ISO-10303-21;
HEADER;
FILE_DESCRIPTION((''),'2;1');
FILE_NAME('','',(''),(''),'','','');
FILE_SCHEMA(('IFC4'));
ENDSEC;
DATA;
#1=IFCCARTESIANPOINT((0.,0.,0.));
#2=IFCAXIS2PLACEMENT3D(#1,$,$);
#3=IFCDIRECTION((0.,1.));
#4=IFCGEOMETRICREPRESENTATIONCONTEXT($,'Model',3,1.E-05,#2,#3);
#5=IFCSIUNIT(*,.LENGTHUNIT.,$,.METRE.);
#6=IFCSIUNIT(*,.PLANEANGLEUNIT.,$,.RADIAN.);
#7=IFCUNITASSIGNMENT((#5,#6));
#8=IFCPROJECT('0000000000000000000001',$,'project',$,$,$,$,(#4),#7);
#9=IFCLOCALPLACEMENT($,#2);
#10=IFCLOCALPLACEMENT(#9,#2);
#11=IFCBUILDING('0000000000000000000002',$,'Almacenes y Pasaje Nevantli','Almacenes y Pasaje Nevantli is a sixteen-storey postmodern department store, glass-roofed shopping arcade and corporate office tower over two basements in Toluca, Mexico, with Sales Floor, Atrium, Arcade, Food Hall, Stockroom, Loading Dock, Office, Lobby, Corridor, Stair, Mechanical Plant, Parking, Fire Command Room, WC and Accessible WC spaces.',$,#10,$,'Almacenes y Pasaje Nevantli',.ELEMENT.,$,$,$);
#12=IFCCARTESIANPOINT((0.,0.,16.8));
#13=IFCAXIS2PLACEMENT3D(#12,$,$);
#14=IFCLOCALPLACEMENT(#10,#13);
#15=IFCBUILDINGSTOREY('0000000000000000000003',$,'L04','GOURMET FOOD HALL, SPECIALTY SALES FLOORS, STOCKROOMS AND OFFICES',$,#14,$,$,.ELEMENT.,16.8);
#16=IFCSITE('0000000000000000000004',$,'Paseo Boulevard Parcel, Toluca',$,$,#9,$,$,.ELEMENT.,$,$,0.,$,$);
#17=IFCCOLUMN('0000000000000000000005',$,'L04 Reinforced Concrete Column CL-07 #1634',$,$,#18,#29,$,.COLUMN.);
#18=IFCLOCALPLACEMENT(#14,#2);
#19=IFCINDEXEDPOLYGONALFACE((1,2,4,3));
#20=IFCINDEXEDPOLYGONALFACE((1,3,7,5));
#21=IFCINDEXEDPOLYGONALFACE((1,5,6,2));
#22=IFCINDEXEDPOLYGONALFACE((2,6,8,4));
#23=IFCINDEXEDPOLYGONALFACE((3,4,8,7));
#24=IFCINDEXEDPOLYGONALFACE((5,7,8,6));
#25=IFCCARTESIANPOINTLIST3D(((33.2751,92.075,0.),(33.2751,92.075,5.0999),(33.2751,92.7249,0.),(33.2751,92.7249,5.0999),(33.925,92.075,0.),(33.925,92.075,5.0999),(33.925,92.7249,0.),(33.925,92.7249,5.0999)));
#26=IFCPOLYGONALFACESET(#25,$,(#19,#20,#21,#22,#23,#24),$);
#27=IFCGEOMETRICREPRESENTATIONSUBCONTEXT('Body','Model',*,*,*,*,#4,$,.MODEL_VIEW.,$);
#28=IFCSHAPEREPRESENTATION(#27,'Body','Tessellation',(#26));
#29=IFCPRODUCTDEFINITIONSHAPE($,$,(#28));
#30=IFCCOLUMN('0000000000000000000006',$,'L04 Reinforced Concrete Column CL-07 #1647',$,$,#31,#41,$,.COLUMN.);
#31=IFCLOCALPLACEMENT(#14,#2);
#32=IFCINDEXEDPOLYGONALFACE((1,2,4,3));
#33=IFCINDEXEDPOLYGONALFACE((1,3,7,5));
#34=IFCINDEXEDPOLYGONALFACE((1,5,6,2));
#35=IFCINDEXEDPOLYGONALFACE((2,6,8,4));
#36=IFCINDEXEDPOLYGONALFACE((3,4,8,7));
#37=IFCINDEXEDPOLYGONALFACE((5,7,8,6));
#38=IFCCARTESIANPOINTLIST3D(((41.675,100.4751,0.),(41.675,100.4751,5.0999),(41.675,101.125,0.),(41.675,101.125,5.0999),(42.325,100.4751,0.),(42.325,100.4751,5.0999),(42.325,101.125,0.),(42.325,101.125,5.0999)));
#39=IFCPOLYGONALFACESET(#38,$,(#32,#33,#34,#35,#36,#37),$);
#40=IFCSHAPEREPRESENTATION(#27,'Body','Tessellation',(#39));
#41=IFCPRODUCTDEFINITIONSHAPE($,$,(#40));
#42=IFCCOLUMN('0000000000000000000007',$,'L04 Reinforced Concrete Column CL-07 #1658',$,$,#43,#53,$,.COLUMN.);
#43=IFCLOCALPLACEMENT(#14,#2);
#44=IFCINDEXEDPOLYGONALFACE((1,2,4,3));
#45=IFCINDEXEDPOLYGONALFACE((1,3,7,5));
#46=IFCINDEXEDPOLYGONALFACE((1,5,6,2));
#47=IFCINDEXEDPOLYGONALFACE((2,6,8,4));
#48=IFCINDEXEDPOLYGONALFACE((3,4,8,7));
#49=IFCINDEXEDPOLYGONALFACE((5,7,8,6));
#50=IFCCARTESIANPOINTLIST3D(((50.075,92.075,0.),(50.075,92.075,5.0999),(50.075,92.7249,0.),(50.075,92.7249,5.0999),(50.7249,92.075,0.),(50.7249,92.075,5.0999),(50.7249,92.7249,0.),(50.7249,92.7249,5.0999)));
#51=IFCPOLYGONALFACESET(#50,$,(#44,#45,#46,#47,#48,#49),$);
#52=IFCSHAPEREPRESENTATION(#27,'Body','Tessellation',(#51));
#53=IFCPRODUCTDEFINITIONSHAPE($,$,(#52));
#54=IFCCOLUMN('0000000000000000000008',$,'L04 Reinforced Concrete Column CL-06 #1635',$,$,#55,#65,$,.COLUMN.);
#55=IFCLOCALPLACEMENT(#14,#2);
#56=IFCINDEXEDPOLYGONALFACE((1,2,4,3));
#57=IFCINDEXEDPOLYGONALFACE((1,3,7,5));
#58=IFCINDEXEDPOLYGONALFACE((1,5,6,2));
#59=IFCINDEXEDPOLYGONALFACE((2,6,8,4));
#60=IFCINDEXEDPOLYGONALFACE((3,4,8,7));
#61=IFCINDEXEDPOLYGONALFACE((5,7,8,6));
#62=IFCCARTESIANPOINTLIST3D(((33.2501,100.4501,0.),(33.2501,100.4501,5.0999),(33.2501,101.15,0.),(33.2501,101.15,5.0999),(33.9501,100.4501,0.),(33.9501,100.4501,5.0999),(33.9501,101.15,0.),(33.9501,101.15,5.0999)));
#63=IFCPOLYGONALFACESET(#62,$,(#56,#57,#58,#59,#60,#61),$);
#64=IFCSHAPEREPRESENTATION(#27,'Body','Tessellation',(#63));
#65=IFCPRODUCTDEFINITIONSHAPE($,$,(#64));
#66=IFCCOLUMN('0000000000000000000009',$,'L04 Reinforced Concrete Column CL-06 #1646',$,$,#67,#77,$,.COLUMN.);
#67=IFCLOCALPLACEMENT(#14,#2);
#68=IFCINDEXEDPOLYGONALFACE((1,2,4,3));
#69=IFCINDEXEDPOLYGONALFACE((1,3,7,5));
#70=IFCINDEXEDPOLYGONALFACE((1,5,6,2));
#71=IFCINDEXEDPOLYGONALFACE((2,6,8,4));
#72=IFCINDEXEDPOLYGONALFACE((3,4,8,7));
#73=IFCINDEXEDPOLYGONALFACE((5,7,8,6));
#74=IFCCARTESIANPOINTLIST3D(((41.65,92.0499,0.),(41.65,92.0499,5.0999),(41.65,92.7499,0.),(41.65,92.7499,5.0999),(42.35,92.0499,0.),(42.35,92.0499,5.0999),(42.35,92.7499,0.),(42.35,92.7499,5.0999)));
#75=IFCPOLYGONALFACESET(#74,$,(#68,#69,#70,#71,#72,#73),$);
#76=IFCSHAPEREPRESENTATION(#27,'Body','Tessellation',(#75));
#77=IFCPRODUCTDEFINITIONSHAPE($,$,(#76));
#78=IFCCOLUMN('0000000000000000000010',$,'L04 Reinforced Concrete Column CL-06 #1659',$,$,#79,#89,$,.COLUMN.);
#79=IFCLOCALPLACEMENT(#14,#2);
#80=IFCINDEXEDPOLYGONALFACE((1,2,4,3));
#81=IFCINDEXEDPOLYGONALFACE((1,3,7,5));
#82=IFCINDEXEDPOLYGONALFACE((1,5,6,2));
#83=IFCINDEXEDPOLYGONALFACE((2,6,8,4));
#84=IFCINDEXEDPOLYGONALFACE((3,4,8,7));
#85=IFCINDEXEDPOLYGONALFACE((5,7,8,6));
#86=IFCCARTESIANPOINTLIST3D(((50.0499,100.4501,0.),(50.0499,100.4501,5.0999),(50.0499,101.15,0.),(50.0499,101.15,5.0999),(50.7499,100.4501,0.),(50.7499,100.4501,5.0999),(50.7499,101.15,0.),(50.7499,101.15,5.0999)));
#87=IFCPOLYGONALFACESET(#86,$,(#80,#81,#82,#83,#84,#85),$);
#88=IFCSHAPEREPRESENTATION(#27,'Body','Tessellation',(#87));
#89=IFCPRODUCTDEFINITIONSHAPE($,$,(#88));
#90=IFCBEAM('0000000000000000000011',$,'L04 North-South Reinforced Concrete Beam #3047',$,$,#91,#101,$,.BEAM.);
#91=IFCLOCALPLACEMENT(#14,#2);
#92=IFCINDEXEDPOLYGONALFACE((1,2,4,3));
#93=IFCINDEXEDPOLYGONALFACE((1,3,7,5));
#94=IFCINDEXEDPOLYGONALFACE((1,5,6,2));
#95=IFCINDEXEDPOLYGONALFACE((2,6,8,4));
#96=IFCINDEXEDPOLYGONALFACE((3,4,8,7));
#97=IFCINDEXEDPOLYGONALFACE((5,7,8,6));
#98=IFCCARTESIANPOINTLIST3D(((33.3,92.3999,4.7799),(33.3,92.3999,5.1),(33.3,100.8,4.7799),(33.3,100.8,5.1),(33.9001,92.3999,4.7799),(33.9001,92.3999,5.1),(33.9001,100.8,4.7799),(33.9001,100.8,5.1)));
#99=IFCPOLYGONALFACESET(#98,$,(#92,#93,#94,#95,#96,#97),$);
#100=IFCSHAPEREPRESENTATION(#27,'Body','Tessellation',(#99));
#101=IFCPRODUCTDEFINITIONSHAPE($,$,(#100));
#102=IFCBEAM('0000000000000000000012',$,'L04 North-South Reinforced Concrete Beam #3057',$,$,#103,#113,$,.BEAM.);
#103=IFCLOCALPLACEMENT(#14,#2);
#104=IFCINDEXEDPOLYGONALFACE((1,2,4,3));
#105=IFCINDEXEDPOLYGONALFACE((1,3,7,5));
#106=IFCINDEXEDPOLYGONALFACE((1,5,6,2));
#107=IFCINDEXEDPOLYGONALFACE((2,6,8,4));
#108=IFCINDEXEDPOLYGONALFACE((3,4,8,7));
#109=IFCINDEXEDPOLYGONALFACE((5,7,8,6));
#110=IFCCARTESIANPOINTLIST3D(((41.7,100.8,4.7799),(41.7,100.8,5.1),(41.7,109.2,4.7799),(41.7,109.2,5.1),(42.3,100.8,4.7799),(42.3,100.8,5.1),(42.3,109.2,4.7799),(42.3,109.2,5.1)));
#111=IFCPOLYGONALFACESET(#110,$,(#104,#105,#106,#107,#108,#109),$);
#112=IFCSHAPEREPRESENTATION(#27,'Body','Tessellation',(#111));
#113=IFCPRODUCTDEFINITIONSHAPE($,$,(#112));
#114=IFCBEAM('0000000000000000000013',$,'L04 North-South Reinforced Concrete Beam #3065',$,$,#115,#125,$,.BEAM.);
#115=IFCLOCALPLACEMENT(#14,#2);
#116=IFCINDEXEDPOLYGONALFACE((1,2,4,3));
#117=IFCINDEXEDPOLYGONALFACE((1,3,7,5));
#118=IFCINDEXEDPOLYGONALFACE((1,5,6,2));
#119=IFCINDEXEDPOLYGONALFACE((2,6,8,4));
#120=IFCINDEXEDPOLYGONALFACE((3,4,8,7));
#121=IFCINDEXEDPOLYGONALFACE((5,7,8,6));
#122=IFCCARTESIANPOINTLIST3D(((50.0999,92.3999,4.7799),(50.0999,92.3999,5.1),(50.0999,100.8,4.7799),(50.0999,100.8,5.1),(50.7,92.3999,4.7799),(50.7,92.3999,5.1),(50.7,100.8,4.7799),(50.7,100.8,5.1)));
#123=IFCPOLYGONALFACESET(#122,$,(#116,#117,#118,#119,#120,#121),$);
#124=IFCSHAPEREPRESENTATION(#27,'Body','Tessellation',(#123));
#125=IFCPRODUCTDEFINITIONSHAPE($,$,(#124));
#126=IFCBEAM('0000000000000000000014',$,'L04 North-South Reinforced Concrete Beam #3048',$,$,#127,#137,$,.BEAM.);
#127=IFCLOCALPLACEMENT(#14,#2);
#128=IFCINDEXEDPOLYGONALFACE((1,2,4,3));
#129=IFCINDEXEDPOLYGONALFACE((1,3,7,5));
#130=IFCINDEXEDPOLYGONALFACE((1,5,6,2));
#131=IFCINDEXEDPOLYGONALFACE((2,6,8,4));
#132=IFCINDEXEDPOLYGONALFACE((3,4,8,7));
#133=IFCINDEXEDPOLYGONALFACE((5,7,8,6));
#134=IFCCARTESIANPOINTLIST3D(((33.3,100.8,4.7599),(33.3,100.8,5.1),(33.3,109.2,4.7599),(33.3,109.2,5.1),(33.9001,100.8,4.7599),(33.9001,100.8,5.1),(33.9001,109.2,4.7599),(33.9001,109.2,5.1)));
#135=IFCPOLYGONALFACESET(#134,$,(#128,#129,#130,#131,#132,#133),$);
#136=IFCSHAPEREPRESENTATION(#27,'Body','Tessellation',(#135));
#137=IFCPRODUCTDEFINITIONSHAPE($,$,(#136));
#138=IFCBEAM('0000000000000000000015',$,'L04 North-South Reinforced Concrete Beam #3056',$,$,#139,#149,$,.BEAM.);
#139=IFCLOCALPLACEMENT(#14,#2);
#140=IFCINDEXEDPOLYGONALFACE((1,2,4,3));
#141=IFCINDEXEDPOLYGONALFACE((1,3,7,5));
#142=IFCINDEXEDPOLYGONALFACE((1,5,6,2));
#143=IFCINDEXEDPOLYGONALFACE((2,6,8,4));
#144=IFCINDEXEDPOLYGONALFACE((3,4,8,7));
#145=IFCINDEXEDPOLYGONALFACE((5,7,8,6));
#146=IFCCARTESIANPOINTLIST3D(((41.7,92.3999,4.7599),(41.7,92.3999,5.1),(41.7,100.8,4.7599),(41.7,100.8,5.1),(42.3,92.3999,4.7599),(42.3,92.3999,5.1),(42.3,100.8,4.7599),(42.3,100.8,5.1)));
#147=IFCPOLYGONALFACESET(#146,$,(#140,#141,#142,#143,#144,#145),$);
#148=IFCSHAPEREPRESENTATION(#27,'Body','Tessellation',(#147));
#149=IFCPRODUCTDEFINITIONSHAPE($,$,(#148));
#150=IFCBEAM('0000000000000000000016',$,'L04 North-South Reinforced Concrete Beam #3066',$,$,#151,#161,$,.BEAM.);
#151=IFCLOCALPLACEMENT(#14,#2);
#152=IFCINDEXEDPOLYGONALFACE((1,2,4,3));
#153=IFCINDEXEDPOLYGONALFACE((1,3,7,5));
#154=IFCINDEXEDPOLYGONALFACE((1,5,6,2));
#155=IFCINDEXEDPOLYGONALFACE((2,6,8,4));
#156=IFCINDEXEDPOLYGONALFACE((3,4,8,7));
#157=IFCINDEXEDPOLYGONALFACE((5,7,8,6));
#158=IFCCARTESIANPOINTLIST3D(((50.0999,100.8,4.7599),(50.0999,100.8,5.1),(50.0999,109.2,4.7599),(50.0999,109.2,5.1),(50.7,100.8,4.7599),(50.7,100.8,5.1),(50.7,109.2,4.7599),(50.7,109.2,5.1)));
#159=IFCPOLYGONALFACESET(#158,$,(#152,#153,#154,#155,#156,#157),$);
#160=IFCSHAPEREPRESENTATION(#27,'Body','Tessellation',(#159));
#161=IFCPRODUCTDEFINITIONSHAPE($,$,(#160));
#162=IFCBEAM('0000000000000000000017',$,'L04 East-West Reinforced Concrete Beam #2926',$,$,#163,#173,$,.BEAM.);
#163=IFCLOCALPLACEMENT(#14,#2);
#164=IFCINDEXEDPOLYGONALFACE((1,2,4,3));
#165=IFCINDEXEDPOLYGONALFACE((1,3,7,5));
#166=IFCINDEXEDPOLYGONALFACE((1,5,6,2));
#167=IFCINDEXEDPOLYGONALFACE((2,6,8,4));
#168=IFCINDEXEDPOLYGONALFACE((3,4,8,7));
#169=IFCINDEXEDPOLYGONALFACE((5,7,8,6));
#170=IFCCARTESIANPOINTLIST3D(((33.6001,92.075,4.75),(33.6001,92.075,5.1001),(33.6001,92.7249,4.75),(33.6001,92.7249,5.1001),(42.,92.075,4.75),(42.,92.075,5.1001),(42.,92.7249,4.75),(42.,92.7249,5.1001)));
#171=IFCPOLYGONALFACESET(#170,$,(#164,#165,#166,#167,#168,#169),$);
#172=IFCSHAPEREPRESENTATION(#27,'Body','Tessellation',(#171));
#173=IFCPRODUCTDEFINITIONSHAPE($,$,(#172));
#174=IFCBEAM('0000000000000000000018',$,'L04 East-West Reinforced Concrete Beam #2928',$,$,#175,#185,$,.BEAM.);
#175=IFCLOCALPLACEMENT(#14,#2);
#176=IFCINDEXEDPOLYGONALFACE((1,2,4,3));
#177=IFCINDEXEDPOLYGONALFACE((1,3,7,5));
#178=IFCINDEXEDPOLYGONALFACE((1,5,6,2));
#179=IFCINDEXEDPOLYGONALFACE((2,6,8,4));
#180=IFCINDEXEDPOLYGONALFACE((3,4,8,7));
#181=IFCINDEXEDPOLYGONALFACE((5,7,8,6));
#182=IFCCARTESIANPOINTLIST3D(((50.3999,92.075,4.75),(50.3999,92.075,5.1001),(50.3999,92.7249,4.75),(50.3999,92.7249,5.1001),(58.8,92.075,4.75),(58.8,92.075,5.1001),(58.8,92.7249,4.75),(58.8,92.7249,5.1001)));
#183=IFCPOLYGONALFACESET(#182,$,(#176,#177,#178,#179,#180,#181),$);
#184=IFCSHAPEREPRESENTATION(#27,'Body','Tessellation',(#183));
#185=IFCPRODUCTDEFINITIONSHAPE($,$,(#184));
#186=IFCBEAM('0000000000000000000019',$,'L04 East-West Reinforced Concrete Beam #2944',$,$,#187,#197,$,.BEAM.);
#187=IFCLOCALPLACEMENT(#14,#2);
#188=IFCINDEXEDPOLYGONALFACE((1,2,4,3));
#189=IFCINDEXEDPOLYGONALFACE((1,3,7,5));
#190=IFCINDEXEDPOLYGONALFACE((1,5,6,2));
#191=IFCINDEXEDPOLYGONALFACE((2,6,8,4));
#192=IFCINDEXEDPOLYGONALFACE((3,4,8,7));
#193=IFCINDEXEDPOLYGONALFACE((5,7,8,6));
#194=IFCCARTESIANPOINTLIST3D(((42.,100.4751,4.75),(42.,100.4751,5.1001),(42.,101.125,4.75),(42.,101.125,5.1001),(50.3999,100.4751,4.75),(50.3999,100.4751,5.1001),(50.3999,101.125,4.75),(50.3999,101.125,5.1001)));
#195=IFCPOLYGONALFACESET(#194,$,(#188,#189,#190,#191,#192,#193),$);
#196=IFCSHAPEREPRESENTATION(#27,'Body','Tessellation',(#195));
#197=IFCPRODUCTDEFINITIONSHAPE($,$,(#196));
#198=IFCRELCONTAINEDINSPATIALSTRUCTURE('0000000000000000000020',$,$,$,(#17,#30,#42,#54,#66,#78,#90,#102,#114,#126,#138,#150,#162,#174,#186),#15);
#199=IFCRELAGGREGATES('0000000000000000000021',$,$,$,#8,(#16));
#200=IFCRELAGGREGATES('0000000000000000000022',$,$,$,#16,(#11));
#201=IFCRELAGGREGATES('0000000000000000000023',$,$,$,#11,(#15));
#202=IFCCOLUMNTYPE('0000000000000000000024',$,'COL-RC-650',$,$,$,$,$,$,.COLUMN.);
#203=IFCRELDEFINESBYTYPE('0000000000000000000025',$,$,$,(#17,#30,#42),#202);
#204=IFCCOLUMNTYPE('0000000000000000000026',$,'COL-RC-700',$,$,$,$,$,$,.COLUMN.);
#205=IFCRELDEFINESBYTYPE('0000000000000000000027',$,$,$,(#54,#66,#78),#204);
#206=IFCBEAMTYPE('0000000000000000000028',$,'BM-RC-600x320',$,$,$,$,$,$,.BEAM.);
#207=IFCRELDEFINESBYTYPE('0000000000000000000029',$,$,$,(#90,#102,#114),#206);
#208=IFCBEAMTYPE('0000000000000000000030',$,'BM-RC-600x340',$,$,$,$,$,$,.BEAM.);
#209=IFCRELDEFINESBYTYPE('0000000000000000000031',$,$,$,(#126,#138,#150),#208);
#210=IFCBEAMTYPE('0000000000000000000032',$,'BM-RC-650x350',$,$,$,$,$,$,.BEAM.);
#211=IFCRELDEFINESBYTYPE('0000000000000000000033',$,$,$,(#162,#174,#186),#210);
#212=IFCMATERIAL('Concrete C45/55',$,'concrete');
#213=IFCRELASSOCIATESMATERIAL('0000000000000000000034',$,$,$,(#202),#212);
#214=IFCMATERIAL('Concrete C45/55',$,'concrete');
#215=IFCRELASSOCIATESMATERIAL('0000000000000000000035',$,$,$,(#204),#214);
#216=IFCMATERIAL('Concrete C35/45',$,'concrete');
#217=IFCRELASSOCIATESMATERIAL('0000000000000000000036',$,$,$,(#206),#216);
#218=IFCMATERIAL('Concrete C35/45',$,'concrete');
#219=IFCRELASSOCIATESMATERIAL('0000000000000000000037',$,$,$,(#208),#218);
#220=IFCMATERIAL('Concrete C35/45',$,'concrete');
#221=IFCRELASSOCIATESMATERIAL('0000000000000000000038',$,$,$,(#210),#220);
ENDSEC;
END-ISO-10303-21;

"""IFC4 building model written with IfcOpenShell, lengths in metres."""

from ifc_helpers import new_model, si_unit, direction, frame, origin, origin_2d, place, context, subcontext, project, spatial, rectangle, extrude, material, material_profile, profile_set, type_object, element, save


model = new_model("IFC4")

# Units and contexts
model_context = context("Model", 3, precision=1e-05, world=origin(), true_north=direction((0.0, 1.0)))
body_context = subcontext(model_context, "Body", "Model", "MODEL_VIEW")
ifc_project = project(units=[si_unit("LENGTHUNIT", "METRE"), si_unit("PLANEANGLEUNIT", "RADIAN")], contexts=[model_context])

# Site, building, storey
site_placement = place(None, origin())
site = spatial("IfcSite", under=ifc_project, at=site_placement, Name="Paseo Boulevard Parcel, Toluca", CompositionType="ELEMENT", RefElevation=0.0)
building_placement = place(site_placement, origin())
building = spatial("IfcBuilding", under=site, at=building_placement, Name="Almacenes y Pasaje Nevantli", Description="Almacenes y Pasaje Nevantli is a sixteen-storey postmodern department store, glass-roofed shopping arcade and corporate office tower over two basements in Toluca, Mexico, with Sales Floor, Atrium, Arcade, Food Hall, Stockroom, Loading Dock, Office, Lobby, Corridor, Stair, Mechanical Plant, Parking, Fire Command Room, WC and Accessible WC spaces.", LongName="Almacenes y Pasaje Nevantli", CompositionType="ELEMENT")
storey_placement = place(building_placement, frame((0.0, 0.0, 16.8)))
storey = spatial("IfcBuildingStorey", under=building, at=storey_placement, Name="L04", Description="GOURMET FOOD HALL, SPECIALTY SALES FLOORS, STOCKROOMS AND OFFICES", CompositionType="ELEMENT", Elevation=16.8)

# Columns
ifc_material_1 = material(Name="Concrete C45/55", Category="concrete")
ifc_material_profile_1 = material_profile(ifc_material_1, rectangle(XDim=0.6499, YDim=0.6499, at=origin_2d()), Name="RC-COL-650x650")
ifc_profile_set_1 = profile_set([ifc_material_profile_1], Name="Concrete C45/55")
column_type_1 = type_object("IfcColumnType", Name="COL-RC-650", PredefinedType="COLUMN", material=ifc_profile_set_1)
for number, where, z_axis, x_axis, name in (
    (1, (33.6001, 92.3999, 0.0), (0.0, 0.0, 1.0), (1.0, 0.0, 0.0), "L04 Reinforced Concrete Column CL-07 #1634"),
    (2, (42.0, 100.8, 0.0), (0.0, 0.0, 1.0), (1.0, 0.0, 0.0), "L04 Reinforced Concrete Column CL-07 #1647"),
    (3, (50.3999, 92.3999, 0.0), (0.0, 0.0, 1.0), (1.0, 0.0, 0.0), "L04 Reinforced Concrete Column CL-07 #1658"),
):
    element("IfcColumn", number, at=place(storey_placement, frame(where, z_axis=z_axis, x_axis=x_axis)), inside=storey, type_object=column_type_1, Name=name, PredefinedType="COLUMN", context=body_context, shape_type="SweptSolid", body=[
        extrude(rectangle(XDim=0.6499, YDim=0.6499, at=origin_2d()), origin(), (0.0, 0.0, 1.0), 5.0999),
    ])
ifc_material_2 = material(Name="Concrete C45/55", Category="concrete")
ifc_material_profile_2 = material_profile(ifc_material_2, rectangle(XDim=0.7, YDim=0.7, at=origin_2d()), Name="RC-COL-700x700")
ifc_profile_set_2 = profile_set([ifc_material_profile_2], Name="Concrete C45/55")
column_type_2 = type_object("IfcColumnType", Name="COL-RC-700", PredefinedType="COLUMN", material=ifc_profile_set_2)
for number, where, z_axis, x_axis, name in (
    (4, (33.6001, 100.8, 0.0), (0.0, 0.0, 1.0), (1.0, 0.0, 0.0), "L04 Reinforced Concrete Column CL-06 #1635"),
    (5, (42.0, 92.3999, 0.0), (0.0, 0.0, 1.0), (1.0, 0.0, 0.0), "L04 Reinforced Concrete Column CL-06 #1646"),
    (6, (50.3999, 100.8, 0.0), (0.0, 0.0, 1.0), (1.0, 0.0, 0.0), "L04 Reinforced Concrete Column CL-06 #1659"),
):
    element("IfcColumn", number, at=place(storey_placement, frame(where, z_axis=z_axis, x_axis=x_axis)), inside=storey, type_object=column_type_2, Name=name, PredefinedType="COLUMN", context=body_context, shape_type="SweptSolid", body=[
        extrude(rectangle(XDim=0.7, YDim=0.7, at=origin_2d()), origin(), (0.0, 0.0, 1.0), 5.0999),
    ])

# Beams
ifc_material_3 = material(Name="Concrete C35/45", Category="concrete")
ifc_material_profile_3 = material_profile(ifc_material_3, rectangle(XDim=0.6001, YDim=0.3201, at=origin_2d()), Name="RC-BM-600x320")
ifc_profile_set_3 = profile_set([ifc_material_profile_3], Name="Concrete C35/45")
beam_type_1 = type_object("IfcBeamType", Name="BM-RC-600x320", PredefinedType="BEAM", material=ifc_profile_set_3)
beam_1_placement = place(storey_placement, frame((33.6001, 92.3999, 4.9399), z_axis=(0.0, 1.0, 0.0), x_axis=(-1.0, 0.0, 0.0)))
element("IfcBeam", 7, at=beam_1_placement, inside=storey, type_object=beam_type_1, Name="L04 North-South Reinforced Concrete Beam #3047", PredefinedType="BEAM", context=body_context, shape_type="SweptSolid", body=[
    extrude(rectangle(XDim=0.6001, YDim=0.3201, at=origin_2d()), origin(), (0.0, 0.0, 1.0), 8.4001),
])
beam_2_placement = place(storey_placement, frame((42.0, 100.8, 4.9399), z_axis=(0.0, 1.0, 0.0), x_axis=(-1.0, 0.0, 0.0)))
element("IfcBeam", 8, at=beam_2_placement, inside=storey, type_object=beam_type_1, Name="L04 North-South Reinforced Concrete Beam #3057", PredefinedType="BEAM", context=body_context, shape_type="SweptSolid", body=[
    extrude(rectangle(XDim=0.6001, YDim=0.3201, at=origin_2d()), origin(), (0.0, 0.0, 1.0), 8.3999),
])
beam_3_placement = place(storey_placement, frame((50.3999, 92.3999, 4.9399), z_axis=(0.0, 1.0, 0.0), x_axis=(-1.0, 0.0, 0.0)))
element("IfcBeam", 9, at=beam_3_placement, inside=storey, type_object=beam_type_1, Name="L04 North-South Reinforced Concrete Beam #3065", PredefinedType="BEAM", context=body_context, shape_type="SweptSolid", body=[
    extrude(rectangle(XDim=0.6001, YDim=0.3201, at=origin_2d()), origin(), (0.0, 0.0, 1.0), 8.4001),
])
ifc_material_4 = material(Name="Concrete C35/45", Category="concrete")
ifc_material_profile_4 = material_profile(ifc_material_4, rectangle(XDim=0.6001, YDim=0.3401, at=origin_2d()), Name="RC-BM-600x340")
ifc_profile_set_4 = profile_set([ifc_material_profile_4], Name="Concrete C35/45")
beam_type_2 = type_object("IfcBeamType", Name="BM-RC-600x340", PredefinedType="BEAM", material=ifc_profile_set_4)
beam_4_placement = place(storey_placement, frame((33.6001, 100.8, 4.9299), z_axis=(0.0, 1.0, 0.0), x_axis=(-1.0, 0.0, 0.0)))
element("IfcBeam", 10, at=beam_4_placement, inside=storey, type_object=beam_type_2, Name="L04 North-South Reinforced Concrete Beam #3048", PredefinedType="BEAM", context=body_context, shape_type="SweptSolid", body=[
    extrude(rectangle(XDim=0.6001, YDim=0.3401, at=origin_2d()), origin(), (0.0, 0.0, 1.0), 8.3999),
])
beam_5_placement = place(storey_placement, frame((42.0, 92.3999, 4.9299), z_axis=(0.0, 1.0, 0.0), x_axis=(-1.0, 0.0, 0.0)))
element("IfcBeam", 11, at=beam_5_placement, inside=storey, type_object=beam_type_2, Name="L04 North-South Reinforced Concrete Beam #3056", PredefinedType="BEAM", context=body_context, shape_type="SweptSolid", body=[
    extrude(rectangle(XDim=0.6001, YDim=0.3401, at=origin_2d()), origin(), (0.0, 0.0, 1.0), 8.4001),
])
beam_6_placement = place(storey_placement, frame((50.3999, 100.8, 4.9299), z_axis=(0.0, 1.0, 0.0), x_axis=(-1.0, 0.0, 0.0)))
element("IfcBeam", 12, at=beam_6_placement, inside=storey, type_object=beam_type_2, Name="L04 North-South Reinforced Concrete Beam #3066", PredefinedType="BEAM", context=body_context, shape_type="SweptSolid", body=[
    extrude(rectangle(XDim=0.6001, YDim=0.3401, at=origin_2d()), origin(), (0.0, 0.0, 1.0), 8.3999),
])
ifc_material_5 = material(Name="Concrete C35/45", Category="concrete")
ifc_material_profile_5 = material_profile(ifc_material_5, rectangle(XDim=0.6499, YDim=0.3501, at=origin_2d()), Name="RC-BM-650x350")
ifc_profile_set_5 = profile_set([ifc_material_profile_5], Name="Concrete C35/45")
beam_type_3 = type_object("IfcBeamType", Name="BM-RC-650x350", PredefinedType="BEAM", material=ifc_profile_set_5)
beam_7_placement = place(storey_placement, frame((33.6001, 92.3999, 4.925), z_axis=(1.0, 0.0, 0.0), x_axis=(0.0, 1.0, 0.0)))
element("IfcBeam", 13, at=beam_7_placement, inside=storey, type_object=beam_type_3, Name="L04 East-West Reinforced Concrete Beam #2926", PredefinedType="BEAM", context=body_context, shape_type="SweptSolid", body=[
    extrude(rectangle(XDim=0.6499, YDim=0.3501, at=origin_2d()), origin(), (0.0, 0.0, 1.0), 8.3999),
])
beam_8_placement = place(storey_placement, frame((50.3999, 92.3999, 4.925), z_axis=(1.0, 0.0, 0.0), x_axis=(0.0, 1.0, 0.0)))
element("IfcBeam", 14, at=beam_8_placement, inside=storey, type_object=beam_type_3, Name="L04 East-West Reinforced Concrete Beam #2928", PredefinedType="BEAM", context=body_context, shape_type="SweptSolid", body=[
    extrude(rectangle(XDim=0.6499, YDim=0.3501, at=origin_2d()), origin(), (0.0, 0.0, 1.0), 8.4001),
])
beam_9_placement = place(storey_placement, frame((42.0, 100.8, 4.925), z_axis=(1.0, 0.0, 0.0), x_axis=(0.0, 1.0, 0.0)))
element("IfcBeam", 15, at=beam_9_placement, inside=storey, type_object=beam_type_3, Name="L04 East-West Reinforced Concrete Beam #2944", PredefinedType="BEAM", context=body_context, shape_type="SweptSolid", body=[
    extrude(rectangle(XDim=0.6499, YDim=0.3501, at=origin_2d()), origin(), (0.0, 0.0, 1.0), 8.3999),
])

save(model, "model.ifc")
